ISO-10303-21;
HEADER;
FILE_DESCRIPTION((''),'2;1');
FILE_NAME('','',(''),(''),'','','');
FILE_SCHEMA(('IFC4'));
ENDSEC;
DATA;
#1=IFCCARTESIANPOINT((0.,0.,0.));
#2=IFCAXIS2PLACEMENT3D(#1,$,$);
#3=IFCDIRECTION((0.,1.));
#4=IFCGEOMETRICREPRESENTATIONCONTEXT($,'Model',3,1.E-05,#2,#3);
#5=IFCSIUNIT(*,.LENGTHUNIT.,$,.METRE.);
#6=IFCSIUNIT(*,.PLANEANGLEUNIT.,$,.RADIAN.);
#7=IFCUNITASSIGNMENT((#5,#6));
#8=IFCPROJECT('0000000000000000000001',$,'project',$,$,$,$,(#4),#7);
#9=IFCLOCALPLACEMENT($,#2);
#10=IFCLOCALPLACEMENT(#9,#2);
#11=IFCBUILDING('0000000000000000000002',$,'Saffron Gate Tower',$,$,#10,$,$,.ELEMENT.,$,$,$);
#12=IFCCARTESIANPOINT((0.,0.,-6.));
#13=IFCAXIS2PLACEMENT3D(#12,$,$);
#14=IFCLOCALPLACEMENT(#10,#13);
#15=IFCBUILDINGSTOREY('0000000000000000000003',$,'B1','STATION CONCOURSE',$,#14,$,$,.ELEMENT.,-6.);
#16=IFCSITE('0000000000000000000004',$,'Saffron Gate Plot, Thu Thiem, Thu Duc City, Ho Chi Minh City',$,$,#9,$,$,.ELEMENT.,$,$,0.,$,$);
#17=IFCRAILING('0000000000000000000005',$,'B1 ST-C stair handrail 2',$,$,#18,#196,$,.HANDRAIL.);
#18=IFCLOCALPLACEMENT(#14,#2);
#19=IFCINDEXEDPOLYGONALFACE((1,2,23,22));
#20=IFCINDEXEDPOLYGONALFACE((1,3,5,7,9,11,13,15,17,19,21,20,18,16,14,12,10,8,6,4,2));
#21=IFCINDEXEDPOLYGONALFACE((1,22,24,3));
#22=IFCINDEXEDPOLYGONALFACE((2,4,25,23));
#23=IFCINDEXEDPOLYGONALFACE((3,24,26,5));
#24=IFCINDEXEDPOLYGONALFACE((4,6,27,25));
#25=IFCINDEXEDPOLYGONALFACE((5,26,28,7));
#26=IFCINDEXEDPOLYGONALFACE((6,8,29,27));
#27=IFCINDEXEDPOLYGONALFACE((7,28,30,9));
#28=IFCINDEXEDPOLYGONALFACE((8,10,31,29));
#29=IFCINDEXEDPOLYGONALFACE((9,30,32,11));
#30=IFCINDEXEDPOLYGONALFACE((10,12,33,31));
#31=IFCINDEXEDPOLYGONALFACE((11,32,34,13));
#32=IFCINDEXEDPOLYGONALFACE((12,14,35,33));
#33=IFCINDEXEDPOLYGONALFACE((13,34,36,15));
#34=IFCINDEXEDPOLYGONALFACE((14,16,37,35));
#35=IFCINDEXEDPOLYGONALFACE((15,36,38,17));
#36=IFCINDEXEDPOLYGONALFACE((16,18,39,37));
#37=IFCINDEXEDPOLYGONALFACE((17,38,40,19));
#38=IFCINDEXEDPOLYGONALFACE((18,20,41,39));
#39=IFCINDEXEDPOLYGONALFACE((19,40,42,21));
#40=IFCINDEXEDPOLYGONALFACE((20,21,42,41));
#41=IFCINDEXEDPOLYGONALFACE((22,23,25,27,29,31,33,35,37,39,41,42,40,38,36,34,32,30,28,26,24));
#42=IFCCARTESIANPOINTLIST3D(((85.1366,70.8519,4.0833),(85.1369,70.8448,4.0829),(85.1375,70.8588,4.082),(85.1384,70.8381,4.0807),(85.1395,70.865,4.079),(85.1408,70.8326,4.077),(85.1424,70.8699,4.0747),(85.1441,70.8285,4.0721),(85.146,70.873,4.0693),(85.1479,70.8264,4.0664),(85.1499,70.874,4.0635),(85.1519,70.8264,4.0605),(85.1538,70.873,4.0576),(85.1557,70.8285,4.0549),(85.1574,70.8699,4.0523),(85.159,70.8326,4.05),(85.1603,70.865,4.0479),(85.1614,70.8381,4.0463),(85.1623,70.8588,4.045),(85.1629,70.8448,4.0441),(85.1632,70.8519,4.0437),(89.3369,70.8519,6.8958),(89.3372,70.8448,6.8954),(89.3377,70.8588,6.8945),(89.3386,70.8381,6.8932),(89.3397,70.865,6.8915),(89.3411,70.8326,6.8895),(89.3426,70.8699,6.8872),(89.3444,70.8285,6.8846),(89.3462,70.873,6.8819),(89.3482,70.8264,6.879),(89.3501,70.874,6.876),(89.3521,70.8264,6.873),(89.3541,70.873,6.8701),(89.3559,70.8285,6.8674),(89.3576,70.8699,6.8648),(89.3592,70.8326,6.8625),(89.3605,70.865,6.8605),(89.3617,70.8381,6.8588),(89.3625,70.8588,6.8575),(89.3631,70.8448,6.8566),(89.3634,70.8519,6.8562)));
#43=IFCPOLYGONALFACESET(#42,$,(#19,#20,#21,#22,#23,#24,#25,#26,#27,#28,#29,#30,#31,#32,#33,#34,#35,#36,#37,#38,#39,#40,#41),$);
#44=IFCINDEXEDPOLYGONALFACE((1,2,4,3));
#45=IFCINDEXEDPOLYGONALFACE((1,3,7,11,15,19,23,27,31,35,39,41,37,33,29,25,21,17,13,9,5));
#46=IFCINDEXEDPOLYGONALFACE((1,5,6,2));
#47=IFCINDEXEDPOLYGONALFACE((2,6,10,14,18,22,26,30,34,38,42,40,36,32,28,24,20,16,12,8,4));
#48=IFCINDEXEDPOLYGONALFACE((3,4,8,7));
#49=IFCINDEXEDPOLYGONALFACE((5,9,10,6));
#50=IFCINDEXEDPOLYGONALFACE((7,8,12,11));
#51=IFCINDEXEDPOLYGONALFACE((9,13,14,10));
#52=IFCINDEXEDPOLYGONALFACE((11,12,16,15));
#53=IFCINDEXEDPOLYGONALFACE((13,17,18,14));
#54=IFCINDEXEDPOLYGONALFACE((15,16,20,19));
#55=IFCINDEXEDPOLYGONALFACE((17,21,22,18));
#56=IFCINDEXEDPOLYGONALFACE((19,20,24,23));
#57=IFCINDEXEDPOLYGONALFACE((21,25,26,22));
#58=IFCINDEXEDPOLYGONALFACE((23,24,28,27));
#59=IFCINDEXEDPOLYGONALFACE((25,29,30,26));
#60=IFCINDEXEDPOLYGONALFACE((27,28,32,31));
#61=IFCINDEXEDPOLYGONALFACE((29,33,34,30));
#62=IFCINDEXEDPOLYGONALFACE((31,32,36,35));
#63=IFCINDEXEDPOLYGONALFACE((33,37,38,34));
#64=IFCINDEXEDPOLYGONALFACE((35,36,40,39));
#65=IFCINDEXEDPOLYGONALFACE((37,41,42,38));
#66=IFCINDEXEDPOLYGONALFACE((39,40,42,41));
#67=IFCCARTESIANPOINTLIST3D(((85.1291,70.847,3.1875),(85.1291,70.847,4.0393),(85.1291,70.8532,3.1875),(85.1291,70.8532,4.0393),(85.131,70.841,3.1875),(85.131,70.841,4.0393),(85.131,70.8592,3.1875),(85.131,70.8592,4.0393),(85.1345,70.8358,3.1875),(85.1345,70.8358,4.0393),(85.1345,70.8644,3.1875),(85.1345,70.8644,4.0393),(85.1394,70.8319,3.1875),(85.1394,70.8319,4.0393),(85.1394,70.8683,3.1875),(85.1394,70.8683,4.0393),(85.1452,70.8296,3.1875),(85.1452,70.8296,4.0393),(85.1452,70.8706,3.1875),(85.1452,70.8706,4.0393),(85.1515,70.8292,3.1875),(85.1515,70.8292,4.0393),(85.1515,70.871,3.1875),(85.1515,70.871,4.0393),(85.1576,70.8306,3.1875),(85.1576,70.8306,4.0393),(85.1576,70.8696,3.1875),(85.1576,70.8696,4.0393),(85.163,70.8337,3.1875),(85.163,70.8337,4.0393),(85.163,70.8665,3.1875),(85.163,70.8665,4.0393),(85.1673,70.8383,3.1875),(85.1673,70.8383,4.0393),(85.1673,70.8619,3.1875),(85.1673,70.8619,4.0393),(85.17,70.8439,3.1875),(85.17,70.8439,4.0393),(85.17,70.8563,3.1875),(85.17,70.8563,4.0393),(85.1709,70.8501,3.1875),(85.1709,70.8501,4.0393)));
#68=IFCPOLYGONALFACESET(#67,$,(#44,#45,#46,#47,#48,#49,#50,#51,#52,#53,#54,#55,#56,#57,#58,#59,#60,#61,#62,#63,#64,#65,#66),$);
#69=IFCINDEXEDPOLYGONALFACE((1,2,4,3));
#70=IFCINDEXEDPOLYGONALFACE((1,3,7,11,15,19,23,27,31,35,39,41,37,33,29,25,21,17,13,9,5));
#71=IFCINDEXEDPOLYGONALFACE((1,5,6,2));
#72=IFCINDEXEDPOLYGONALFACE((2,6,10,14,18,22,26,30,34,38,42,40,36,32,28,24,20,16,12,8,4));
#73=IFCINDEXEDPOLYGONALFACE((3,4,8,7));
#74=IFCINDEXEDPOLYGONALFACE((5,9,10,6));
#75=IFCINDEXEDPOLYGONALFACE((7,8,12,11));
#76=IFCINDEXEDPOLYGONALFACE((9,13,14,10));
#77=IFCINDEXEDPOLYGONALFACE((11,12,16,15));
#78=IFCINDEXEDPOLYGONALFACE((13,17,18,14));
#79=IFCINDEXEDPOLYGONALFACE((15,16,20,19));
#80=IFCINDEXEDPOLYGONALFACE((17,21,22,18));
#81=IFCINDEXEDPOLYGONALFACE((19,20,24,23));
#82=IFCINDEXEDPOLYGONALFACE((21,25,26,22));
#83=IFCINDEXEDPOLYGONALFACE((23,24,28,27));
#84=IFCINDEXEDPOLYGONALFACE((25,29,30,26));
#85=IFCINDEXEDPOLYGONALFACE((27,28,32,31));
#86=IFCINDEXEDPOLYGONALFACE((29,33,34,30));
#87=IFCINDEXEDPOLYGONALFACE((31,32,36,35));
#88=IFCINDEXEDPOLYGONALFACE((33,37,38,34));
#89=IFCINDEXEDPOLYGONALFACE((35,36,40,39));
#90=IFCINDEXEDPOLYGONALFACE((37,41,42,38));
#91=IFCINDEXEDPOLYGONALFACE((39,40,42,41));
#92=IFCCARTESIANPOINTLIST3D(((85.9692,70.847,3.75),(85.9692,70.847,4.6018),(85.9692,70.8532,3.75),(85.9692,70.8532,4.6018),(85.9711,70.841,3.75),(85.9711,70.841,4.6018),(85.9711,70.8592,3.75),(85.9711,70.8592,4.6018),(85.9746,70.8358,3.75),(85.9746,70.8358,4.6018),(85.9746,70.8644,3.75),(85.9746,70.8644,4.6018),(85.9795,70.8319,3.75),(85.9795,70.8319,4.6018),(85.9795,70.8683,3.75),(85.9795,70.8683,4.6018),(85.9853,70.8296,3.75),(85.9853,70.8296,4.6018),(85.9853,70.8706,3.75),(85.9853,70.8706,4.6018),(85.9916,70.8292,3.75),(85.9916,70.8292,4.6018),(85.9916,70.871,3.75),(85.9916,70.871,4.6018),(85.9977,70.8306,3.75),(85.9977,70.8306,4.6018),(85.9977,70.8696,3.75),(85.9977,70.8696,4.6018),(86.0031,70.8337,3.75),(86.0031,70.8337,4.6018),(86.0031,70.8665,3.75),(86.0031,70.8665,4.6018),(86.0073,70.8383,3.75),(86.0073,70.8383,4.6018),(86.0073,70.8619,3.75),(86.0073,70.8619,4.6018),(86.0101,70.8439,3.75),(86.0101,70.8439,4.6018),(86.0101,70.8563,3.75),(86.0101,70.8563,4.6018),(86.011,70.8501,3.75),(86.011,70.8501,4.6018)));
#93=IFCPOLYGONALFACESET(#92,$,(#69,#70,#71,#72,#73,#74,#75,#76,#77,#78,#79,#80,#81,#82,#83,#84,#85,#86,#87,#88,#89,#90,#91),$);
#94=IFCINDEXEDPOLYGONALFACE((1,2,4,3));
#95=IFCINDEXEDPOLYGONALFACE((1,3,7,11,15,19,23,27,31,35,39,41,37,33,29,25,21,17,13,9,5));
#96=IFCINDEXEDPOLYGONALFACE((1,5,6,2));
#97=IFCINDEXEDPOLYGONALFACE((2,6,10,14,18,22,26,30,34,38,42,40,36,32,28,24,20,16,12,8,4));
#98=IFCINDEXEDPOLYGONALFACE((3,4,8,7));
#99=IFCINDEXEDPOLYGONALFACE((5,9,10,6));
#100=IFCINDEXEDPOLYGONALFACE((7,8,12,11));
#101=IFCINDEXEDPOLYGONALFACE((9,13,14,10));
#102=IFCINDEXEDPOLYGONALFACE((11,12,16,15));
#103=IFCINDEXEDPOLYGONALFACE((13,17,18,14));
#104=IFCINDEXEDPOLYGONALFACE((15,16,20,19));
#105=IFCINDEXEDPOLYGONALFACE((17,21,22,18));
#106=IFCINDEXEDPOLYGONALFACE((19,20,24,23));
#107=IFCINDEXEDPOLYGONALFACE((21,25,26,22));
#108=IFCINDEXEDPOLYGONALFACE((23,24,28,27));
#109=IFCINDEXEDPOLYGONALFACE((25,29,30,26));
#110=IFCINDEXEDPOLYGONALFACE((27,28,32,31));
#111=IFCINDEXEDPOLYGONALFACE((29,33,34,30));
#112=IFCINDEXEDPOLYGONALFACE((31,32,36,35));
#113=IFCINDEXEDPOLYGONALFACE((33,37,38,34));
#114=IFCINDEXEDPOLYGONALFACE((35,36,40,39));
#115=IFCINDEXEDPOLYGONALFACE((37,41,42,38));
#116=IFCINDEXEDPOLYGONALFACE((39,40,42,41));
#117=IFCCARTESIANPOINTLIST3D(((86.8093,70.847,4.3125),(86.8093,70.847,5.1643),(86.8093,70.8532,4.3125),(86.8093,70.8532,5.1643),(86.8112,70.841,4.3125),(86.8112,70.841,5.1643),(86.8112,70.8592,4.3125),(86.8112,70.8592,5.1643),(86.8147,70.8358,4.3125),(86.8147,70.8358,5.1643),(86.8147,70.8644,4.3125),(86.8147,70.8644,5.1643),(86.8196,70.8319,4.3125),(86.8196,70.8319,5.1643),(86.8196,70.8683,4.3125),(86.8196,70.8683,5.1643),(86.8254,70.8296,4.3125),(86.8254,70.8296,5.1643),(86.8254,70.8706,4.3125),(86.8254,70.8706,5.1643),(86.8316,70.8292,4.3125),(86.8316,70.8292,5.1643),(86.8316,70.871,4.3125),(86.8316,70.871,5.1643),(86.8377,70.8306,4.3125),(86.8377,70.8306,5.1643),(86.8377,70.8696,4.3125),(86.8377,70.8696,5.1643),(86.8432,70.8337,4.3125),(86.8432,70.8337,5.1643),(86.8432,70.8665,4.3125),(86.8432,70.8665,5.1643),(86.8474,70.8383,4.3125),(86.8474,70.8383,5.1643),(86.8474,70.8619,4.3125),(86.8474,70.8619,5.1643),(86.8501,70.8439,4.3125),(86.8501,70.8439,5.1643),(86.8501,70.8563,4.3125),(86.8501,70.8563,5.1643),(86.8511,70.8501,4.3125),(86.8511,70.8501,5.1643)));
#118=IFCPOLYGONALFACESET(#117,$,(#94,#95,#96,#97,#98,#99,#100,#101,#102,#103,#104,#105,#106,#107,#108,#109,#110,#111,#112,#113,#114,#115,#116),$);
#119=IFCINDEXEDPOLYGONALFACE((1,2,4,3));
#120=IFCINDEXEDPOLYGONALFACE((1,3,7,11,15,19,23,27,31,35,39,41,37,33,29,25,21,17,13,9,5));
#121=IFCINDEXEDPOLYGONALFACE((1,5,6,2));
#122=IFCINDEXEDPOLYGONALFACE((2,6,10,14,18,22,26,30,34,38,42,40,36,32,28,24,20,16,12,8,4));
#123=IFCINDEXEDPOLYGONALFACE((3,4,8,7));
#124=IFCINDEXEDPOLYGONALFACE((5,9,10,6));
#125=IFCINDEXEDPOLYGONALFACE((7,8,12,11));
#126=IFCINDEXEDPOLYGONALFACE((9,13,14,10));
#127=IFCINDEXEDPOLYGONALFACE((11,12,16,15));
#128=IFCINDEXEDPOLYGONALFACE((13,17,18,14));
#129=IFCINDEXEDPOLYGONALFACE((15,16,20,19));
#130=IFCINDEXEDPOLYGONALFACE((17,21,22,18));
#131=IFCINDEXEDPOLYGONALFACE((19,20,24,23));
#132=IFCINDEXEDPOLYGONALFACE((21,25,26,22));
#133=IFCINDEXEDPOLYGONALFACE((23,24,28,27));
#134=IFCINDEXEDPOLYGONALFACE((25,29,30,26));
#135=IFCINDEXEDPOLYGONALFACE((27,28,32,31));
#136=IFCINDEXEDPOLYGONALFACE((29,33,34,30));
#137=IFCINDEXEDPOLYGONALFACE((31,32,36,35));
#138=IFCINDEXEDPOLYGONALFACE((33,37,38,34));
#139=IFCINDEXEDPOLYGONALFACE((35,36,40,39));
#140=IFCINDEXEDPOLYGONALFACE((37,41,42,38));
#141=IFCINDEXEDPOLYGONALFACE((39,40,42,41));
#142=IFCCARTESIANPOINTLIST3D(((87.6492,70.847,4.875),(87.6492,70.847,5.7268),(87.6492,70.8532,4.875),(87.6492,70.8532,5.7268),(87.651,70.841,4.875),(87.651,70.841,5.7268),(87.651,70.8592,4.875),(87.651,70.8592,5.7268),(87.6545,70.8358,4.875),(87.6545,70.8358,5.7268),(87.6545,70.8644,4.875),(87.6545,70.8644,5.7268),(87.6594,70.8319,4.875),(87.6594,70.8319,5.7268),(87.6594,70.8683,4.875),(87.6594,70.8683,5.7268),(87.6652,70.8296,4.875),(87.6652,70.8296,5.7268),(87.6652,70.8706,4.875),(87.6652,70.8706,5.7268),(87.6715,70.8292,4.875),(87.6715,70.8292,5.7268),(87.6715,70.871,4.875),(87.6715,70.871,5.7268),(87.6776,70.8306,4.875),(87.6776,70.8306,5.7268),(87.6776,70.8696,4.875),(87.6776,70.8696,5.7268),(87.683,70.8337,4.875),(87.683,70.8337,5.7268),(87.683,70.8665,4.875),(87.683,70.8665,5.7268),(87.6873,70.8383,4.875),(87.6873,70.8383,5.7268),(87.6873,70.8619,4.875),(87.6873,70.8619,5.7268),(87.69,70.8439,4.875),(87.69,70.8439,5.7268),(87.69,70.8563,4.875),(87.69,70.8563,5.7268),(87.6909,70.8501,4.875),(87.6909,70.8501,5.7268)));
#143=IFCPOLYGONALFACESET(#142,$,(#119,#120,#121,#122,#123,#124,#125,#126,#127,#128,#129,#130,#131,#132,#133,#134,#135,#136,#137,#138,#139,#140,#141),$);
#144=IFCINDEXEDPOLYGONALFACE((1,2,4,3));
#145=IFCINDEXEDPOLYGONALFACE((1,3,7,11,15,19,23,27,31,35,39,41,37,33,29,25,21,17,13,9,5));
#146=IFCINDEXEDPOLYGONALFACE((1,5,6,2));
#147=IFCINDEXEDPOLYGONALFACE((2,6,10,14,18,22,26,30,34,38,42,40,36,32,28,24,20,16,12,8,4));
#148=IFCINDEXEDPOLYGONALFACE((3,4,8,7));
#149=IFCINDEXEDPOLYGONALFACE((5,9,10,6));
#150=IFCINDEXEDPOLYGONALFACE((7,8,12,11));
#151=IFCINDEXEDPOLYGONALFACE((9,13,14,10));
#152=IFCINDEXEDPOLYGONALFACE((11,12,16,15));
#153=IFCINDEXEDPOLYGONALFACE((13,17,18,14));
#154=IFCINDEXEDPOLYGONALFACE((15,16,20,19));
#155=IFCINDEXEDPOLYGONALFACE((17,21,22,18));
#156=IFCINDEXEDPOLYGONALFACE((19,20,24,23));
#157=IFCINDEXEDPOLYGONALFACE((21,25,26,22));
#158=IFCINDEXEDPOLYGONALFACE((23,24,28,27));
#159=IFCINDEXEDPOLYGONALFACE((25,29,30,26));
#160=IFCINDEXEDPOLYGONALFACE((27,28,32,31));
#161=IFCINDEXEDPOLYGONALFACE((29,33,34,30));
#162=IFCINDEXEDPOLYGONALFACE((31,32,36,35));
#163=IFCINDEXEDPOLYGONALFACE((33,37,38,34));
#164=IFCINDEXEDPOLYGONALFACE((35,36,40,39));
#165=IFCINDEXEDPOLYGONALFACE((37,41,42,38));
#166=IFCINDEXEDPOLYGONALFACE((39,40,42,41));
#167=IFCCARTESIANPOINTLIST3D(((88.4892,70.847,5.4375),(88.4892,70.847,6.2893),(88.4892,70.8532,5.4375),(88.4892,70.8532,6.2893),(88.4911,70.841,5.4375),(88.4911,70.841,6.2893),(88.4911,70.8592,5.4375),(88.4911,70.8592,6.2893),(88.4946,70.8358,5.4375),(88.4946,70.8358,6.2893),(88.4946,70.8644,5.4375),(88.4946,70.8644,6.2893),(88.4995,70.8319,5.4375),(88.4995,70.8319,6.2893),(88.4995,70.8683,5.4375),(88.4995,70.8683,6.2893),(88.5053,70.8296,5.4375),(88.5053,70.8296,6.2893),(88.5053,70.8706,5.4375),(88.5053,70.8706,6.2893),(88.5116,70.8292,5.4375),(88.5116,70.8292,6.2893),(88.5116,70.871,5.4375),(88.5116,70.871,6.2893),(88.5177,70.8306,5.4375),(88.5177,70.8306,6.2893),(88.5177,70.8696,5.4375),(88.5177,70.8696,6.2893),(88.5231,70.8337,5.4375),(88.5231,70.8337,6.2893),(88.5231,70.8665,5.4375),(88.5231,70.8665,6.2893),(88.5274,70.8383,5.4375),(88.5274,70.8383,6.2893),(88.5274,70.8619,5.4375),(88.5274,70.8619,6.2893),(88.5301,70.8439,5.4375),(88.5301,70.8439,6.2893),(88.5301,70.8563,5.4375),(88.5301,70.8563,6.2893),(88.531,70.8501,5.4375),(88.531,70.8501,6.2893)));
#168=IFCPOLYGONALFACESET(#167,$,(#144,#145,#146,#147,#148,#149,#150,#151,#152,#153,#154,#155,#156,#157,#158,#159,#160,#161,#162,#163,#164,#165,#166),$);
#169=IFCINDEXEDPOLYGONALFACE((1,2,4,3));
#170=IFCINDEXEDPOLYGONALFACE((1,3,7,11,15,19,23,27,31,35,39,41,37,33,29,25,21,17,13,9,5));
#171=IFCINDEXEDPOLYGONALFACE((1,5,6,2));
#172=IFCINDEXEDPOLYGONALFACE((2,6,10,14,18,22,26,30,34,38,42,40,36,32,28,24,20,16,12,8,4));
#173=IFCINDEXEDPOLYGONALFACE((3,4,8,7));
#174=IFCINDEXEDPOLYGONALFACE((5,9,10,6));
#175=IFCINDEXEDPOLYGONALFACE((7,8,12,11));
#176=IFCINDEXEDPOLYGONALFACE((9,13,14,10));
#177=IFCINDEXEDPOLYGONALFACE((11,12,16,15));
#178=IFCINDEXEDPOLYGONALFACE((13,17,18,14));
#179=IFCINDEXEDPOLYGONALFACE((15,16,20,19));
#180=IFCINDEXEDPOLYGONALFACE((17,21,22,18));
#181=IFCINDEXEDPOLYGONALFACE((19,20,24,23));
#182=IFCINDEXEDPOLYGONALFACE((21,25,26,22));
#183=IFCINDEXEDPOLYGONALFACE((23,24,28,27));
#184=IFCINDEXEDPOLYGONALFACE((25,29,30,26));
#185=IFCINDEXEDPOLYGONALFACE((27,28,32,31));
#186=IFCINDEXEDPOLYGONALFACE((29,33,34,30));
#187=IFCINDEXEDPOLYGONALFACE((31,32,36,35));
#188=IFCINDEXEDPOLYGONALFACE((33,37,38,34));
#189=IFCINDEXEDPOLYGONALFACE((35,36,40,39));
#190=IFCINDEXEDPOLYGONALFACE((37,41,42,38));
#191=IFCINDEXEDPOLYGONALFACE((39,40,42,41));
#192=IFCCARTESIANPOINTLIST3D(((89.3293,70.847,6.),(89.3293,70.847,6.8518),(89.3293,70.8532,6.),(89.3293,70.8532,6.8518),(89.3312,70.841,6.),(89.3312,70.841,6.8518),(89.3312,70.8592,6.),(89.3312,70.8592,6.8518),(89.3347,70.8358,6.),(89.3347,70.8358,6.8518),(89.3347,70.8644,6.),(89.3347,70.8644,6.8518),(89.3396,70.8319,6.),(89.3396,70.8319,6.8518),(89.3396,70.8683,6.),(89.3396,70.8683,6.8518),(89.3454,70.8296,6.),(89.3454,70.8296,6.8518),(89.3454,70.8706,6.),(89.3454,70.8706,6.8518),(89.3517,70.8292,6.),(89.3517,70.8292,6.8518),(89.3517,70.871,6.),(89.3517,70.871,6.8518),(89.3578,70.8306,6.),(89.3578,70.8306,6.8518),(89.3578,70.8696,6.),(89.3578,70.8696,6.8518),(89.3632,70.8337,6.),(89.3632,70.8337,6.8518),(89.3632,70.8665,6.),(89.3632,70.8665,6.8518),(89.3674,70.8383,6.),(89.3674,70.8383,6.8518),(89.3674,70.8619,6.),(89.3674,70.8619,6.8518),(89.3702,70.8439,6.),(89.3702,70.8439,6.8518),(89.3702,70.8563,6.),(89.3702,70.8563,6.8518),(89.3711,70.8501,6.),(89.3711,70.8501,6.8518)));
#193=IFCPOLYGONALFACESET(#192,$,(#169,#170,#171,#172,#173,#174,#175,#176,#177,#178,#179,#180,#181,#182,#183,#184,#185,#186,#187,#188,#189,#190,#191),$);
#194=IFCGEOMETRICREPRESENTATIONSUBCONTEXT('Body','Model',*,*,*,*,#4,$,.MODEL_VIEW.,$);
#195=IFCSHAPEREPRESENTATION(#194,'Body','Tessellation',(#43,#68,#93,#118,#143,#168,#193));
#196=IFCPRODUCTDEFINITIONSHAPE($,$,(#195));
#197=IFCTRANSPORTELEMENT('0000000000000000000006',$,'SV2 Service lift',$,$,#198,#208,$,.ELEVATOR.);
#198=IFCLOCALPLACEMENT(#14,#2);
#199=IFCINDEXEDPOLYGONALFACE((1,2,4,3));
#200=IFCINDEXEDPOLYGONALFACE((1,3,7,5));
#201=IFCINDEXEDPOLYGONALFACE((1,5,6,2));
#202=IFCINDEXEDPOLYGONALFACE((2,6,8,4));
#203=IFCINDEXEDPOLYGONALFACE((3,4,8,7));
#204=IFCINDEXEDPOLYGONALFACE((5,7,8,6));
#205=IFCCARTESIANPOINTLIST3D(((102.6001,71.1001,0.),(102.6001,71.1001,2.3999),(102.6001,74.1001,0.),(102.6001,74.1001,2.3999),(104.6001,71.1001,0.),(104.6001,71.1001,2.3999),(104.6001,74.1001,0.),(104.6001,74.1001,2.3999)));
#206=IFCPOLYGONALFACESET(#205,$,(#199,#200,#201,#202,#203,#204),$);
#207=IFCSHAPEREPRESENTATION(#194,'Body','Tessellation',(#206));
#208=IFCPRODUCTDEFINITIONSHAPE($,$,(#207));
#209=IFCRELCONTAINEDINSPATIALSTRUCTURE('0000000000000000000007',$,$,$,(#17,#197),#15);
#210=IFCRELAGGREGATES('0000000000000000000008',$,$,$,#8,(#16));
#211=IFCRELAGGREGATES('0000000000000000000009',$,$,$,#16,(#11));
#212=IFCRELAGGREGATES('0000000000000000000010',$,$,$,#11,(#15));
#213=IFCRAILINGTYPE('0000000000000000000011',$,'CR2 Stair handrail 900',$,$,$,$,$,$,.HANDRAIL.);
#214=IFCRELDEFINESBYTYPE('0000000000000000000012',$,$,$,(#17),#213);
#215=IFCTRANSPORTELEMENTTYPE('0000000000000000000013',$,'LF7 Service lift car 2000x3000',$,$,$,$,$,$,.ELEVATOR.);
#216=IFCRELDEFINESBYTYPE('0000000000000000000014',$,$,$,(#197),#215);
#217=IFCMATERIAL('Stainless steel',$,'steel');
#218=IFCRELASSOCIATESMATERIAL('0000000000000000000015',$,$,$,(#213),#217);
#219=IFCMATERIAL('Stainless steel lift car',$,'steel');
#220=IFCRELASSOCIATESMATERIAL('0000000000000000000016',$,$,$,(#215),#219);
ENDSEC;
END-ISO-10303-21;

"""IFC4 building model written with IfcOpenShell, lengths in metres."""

from ifc_helpers import new_model, si_unit, direction, frame, origin, origin_2d, place, context, subcontext, project, spatial, rectangle, circle, extrude, material, type_object, element, save


model = new_model("IFC4")

# Units and contexts
model_context = context("Model", 3, precision=1e-05, world=origin(), true_north=direction((0.0, 1.0)))
body_context = subcontext(model_context, "Body", "Model", "MODEL_VIEW")
ifc_project = project(units=[si_unit("LENGTHUNIT", "METRE"), si_unit("PLANEANGLEUNIT", "RADIAN")], contexts=[model_context])

# Site, building, storey
site_placement = place(None, origin())
site = spatial("IfcSite", under=ifc_project, at=site_placement, Name="Saffron Gate Plot, Thu Thiem, Thu Duc City, Ho Chi Minh City", CompositionType="ELEMENT", RefElevation=0.0)
building_placement = place(site_placement, origin())
building = spatial("IfcBuilding", under=site, at=building_placement, Name="Saffron Gate Tower", CompositionType="ELEMENT")
storey_placement = place(building_placement, frame((0.0, 0.0, -6.0)))
storey = spatial("IfcBuildingStorey", under=building, at=storey_placement, Name="B1", Description="STATION CONCOURSE", CompositionType="ELEMENT", Elevation=-6.0)

# Railing
ifc_material_1 = material(Name="Stainless steel", Category="steel")
railing_type_1 = type_object("IfcRailingType", Name="CR2 Stair handrail 900", PredefinedType="HANDRAIL", material=ifc_material_1)
railing_1_placement = place(storey_placement, frame((85.1499, 70.8501, 3.1875)))
element("IfcRailing", 1, at=railing_1_placement, inside=storey, type_object=railing_type_1, Name="B1 ST-C stair handrail 2", PredefinedType="HANDRAIL", context=body_context, shape_type="SweptSolid", body=[
    extrude(circle(Radius=0.0239, at=origin_2d()), frame((0.0, 0.0, 0.876), z_axis=(0.830919, 0.0, 0.556393), x_axis=(0.0, 1.0, 0.0)), (0.0, 0.0, 1.0), 5.0549),
    extrude(circle(Radius=0.021, at=origin_2d()), origin(), (0.0, 0.0, 1.0), 0.8518),
    extrude(circle(Radius=0.021, at=origin_2d()), frame((0.8401, 0.0, 0.5625)), (0.0, 0.0, 1.0), 0.8518),
    extrude(circle(Radius=0.021, at=origin_2d()), frame((1.6802, 0.0, 1.125)), (0.0, 0.0, 1.0), 0.8518),
    extrude(circle(Radius=0.021, at=origin_2d()), frame((2.52, 0.0, 1.6875)), (0.0, 0.0, 1.0), 0.8518),
    extrude(circle(Radius=0.021, at=origin_2d()), frame((3.3601, 0.0, 2.25)), (0.0, 0.0, 1.0), 0.8518),
    extrude(circle(Radius=0.021, at=origin_2d()), frame((4.2002, 0.0, 2.8125)), (0.0, 0.0, 1.0), 0.8518),
])

# Transport element
ifc_material_2 = material(Name="Stainless steel lift car", Category="steel")
transport_element_type = type_object("IfcTransportElementType", Name="LF7 Service lift car 2000x3000", PredefinedType="ELEVATOR", material=ifc_material_2)
transport_element_placement = place(storey_placement, frame((103.6001, 72.6001, 0.0), z_axis=(0.0, 0.0, 1.0), x_axis=(1.0, 0.0, 0.0)))
element("IfcTransportElement", 2, at=transport_element_placement, inside=storey, type_object=transport_element_type, Name="SV2 Service lift", PredefinedType="ELEVATOR", context=body_context, shape_type="SweptSolid", body=[
    extrude(rectangle(XDim=2.0, YDim=3.0, at=origin_2d()), origin(), (0.0, 0.0, 1.0), 2.3999),
])

save(model, "model.ifc")
